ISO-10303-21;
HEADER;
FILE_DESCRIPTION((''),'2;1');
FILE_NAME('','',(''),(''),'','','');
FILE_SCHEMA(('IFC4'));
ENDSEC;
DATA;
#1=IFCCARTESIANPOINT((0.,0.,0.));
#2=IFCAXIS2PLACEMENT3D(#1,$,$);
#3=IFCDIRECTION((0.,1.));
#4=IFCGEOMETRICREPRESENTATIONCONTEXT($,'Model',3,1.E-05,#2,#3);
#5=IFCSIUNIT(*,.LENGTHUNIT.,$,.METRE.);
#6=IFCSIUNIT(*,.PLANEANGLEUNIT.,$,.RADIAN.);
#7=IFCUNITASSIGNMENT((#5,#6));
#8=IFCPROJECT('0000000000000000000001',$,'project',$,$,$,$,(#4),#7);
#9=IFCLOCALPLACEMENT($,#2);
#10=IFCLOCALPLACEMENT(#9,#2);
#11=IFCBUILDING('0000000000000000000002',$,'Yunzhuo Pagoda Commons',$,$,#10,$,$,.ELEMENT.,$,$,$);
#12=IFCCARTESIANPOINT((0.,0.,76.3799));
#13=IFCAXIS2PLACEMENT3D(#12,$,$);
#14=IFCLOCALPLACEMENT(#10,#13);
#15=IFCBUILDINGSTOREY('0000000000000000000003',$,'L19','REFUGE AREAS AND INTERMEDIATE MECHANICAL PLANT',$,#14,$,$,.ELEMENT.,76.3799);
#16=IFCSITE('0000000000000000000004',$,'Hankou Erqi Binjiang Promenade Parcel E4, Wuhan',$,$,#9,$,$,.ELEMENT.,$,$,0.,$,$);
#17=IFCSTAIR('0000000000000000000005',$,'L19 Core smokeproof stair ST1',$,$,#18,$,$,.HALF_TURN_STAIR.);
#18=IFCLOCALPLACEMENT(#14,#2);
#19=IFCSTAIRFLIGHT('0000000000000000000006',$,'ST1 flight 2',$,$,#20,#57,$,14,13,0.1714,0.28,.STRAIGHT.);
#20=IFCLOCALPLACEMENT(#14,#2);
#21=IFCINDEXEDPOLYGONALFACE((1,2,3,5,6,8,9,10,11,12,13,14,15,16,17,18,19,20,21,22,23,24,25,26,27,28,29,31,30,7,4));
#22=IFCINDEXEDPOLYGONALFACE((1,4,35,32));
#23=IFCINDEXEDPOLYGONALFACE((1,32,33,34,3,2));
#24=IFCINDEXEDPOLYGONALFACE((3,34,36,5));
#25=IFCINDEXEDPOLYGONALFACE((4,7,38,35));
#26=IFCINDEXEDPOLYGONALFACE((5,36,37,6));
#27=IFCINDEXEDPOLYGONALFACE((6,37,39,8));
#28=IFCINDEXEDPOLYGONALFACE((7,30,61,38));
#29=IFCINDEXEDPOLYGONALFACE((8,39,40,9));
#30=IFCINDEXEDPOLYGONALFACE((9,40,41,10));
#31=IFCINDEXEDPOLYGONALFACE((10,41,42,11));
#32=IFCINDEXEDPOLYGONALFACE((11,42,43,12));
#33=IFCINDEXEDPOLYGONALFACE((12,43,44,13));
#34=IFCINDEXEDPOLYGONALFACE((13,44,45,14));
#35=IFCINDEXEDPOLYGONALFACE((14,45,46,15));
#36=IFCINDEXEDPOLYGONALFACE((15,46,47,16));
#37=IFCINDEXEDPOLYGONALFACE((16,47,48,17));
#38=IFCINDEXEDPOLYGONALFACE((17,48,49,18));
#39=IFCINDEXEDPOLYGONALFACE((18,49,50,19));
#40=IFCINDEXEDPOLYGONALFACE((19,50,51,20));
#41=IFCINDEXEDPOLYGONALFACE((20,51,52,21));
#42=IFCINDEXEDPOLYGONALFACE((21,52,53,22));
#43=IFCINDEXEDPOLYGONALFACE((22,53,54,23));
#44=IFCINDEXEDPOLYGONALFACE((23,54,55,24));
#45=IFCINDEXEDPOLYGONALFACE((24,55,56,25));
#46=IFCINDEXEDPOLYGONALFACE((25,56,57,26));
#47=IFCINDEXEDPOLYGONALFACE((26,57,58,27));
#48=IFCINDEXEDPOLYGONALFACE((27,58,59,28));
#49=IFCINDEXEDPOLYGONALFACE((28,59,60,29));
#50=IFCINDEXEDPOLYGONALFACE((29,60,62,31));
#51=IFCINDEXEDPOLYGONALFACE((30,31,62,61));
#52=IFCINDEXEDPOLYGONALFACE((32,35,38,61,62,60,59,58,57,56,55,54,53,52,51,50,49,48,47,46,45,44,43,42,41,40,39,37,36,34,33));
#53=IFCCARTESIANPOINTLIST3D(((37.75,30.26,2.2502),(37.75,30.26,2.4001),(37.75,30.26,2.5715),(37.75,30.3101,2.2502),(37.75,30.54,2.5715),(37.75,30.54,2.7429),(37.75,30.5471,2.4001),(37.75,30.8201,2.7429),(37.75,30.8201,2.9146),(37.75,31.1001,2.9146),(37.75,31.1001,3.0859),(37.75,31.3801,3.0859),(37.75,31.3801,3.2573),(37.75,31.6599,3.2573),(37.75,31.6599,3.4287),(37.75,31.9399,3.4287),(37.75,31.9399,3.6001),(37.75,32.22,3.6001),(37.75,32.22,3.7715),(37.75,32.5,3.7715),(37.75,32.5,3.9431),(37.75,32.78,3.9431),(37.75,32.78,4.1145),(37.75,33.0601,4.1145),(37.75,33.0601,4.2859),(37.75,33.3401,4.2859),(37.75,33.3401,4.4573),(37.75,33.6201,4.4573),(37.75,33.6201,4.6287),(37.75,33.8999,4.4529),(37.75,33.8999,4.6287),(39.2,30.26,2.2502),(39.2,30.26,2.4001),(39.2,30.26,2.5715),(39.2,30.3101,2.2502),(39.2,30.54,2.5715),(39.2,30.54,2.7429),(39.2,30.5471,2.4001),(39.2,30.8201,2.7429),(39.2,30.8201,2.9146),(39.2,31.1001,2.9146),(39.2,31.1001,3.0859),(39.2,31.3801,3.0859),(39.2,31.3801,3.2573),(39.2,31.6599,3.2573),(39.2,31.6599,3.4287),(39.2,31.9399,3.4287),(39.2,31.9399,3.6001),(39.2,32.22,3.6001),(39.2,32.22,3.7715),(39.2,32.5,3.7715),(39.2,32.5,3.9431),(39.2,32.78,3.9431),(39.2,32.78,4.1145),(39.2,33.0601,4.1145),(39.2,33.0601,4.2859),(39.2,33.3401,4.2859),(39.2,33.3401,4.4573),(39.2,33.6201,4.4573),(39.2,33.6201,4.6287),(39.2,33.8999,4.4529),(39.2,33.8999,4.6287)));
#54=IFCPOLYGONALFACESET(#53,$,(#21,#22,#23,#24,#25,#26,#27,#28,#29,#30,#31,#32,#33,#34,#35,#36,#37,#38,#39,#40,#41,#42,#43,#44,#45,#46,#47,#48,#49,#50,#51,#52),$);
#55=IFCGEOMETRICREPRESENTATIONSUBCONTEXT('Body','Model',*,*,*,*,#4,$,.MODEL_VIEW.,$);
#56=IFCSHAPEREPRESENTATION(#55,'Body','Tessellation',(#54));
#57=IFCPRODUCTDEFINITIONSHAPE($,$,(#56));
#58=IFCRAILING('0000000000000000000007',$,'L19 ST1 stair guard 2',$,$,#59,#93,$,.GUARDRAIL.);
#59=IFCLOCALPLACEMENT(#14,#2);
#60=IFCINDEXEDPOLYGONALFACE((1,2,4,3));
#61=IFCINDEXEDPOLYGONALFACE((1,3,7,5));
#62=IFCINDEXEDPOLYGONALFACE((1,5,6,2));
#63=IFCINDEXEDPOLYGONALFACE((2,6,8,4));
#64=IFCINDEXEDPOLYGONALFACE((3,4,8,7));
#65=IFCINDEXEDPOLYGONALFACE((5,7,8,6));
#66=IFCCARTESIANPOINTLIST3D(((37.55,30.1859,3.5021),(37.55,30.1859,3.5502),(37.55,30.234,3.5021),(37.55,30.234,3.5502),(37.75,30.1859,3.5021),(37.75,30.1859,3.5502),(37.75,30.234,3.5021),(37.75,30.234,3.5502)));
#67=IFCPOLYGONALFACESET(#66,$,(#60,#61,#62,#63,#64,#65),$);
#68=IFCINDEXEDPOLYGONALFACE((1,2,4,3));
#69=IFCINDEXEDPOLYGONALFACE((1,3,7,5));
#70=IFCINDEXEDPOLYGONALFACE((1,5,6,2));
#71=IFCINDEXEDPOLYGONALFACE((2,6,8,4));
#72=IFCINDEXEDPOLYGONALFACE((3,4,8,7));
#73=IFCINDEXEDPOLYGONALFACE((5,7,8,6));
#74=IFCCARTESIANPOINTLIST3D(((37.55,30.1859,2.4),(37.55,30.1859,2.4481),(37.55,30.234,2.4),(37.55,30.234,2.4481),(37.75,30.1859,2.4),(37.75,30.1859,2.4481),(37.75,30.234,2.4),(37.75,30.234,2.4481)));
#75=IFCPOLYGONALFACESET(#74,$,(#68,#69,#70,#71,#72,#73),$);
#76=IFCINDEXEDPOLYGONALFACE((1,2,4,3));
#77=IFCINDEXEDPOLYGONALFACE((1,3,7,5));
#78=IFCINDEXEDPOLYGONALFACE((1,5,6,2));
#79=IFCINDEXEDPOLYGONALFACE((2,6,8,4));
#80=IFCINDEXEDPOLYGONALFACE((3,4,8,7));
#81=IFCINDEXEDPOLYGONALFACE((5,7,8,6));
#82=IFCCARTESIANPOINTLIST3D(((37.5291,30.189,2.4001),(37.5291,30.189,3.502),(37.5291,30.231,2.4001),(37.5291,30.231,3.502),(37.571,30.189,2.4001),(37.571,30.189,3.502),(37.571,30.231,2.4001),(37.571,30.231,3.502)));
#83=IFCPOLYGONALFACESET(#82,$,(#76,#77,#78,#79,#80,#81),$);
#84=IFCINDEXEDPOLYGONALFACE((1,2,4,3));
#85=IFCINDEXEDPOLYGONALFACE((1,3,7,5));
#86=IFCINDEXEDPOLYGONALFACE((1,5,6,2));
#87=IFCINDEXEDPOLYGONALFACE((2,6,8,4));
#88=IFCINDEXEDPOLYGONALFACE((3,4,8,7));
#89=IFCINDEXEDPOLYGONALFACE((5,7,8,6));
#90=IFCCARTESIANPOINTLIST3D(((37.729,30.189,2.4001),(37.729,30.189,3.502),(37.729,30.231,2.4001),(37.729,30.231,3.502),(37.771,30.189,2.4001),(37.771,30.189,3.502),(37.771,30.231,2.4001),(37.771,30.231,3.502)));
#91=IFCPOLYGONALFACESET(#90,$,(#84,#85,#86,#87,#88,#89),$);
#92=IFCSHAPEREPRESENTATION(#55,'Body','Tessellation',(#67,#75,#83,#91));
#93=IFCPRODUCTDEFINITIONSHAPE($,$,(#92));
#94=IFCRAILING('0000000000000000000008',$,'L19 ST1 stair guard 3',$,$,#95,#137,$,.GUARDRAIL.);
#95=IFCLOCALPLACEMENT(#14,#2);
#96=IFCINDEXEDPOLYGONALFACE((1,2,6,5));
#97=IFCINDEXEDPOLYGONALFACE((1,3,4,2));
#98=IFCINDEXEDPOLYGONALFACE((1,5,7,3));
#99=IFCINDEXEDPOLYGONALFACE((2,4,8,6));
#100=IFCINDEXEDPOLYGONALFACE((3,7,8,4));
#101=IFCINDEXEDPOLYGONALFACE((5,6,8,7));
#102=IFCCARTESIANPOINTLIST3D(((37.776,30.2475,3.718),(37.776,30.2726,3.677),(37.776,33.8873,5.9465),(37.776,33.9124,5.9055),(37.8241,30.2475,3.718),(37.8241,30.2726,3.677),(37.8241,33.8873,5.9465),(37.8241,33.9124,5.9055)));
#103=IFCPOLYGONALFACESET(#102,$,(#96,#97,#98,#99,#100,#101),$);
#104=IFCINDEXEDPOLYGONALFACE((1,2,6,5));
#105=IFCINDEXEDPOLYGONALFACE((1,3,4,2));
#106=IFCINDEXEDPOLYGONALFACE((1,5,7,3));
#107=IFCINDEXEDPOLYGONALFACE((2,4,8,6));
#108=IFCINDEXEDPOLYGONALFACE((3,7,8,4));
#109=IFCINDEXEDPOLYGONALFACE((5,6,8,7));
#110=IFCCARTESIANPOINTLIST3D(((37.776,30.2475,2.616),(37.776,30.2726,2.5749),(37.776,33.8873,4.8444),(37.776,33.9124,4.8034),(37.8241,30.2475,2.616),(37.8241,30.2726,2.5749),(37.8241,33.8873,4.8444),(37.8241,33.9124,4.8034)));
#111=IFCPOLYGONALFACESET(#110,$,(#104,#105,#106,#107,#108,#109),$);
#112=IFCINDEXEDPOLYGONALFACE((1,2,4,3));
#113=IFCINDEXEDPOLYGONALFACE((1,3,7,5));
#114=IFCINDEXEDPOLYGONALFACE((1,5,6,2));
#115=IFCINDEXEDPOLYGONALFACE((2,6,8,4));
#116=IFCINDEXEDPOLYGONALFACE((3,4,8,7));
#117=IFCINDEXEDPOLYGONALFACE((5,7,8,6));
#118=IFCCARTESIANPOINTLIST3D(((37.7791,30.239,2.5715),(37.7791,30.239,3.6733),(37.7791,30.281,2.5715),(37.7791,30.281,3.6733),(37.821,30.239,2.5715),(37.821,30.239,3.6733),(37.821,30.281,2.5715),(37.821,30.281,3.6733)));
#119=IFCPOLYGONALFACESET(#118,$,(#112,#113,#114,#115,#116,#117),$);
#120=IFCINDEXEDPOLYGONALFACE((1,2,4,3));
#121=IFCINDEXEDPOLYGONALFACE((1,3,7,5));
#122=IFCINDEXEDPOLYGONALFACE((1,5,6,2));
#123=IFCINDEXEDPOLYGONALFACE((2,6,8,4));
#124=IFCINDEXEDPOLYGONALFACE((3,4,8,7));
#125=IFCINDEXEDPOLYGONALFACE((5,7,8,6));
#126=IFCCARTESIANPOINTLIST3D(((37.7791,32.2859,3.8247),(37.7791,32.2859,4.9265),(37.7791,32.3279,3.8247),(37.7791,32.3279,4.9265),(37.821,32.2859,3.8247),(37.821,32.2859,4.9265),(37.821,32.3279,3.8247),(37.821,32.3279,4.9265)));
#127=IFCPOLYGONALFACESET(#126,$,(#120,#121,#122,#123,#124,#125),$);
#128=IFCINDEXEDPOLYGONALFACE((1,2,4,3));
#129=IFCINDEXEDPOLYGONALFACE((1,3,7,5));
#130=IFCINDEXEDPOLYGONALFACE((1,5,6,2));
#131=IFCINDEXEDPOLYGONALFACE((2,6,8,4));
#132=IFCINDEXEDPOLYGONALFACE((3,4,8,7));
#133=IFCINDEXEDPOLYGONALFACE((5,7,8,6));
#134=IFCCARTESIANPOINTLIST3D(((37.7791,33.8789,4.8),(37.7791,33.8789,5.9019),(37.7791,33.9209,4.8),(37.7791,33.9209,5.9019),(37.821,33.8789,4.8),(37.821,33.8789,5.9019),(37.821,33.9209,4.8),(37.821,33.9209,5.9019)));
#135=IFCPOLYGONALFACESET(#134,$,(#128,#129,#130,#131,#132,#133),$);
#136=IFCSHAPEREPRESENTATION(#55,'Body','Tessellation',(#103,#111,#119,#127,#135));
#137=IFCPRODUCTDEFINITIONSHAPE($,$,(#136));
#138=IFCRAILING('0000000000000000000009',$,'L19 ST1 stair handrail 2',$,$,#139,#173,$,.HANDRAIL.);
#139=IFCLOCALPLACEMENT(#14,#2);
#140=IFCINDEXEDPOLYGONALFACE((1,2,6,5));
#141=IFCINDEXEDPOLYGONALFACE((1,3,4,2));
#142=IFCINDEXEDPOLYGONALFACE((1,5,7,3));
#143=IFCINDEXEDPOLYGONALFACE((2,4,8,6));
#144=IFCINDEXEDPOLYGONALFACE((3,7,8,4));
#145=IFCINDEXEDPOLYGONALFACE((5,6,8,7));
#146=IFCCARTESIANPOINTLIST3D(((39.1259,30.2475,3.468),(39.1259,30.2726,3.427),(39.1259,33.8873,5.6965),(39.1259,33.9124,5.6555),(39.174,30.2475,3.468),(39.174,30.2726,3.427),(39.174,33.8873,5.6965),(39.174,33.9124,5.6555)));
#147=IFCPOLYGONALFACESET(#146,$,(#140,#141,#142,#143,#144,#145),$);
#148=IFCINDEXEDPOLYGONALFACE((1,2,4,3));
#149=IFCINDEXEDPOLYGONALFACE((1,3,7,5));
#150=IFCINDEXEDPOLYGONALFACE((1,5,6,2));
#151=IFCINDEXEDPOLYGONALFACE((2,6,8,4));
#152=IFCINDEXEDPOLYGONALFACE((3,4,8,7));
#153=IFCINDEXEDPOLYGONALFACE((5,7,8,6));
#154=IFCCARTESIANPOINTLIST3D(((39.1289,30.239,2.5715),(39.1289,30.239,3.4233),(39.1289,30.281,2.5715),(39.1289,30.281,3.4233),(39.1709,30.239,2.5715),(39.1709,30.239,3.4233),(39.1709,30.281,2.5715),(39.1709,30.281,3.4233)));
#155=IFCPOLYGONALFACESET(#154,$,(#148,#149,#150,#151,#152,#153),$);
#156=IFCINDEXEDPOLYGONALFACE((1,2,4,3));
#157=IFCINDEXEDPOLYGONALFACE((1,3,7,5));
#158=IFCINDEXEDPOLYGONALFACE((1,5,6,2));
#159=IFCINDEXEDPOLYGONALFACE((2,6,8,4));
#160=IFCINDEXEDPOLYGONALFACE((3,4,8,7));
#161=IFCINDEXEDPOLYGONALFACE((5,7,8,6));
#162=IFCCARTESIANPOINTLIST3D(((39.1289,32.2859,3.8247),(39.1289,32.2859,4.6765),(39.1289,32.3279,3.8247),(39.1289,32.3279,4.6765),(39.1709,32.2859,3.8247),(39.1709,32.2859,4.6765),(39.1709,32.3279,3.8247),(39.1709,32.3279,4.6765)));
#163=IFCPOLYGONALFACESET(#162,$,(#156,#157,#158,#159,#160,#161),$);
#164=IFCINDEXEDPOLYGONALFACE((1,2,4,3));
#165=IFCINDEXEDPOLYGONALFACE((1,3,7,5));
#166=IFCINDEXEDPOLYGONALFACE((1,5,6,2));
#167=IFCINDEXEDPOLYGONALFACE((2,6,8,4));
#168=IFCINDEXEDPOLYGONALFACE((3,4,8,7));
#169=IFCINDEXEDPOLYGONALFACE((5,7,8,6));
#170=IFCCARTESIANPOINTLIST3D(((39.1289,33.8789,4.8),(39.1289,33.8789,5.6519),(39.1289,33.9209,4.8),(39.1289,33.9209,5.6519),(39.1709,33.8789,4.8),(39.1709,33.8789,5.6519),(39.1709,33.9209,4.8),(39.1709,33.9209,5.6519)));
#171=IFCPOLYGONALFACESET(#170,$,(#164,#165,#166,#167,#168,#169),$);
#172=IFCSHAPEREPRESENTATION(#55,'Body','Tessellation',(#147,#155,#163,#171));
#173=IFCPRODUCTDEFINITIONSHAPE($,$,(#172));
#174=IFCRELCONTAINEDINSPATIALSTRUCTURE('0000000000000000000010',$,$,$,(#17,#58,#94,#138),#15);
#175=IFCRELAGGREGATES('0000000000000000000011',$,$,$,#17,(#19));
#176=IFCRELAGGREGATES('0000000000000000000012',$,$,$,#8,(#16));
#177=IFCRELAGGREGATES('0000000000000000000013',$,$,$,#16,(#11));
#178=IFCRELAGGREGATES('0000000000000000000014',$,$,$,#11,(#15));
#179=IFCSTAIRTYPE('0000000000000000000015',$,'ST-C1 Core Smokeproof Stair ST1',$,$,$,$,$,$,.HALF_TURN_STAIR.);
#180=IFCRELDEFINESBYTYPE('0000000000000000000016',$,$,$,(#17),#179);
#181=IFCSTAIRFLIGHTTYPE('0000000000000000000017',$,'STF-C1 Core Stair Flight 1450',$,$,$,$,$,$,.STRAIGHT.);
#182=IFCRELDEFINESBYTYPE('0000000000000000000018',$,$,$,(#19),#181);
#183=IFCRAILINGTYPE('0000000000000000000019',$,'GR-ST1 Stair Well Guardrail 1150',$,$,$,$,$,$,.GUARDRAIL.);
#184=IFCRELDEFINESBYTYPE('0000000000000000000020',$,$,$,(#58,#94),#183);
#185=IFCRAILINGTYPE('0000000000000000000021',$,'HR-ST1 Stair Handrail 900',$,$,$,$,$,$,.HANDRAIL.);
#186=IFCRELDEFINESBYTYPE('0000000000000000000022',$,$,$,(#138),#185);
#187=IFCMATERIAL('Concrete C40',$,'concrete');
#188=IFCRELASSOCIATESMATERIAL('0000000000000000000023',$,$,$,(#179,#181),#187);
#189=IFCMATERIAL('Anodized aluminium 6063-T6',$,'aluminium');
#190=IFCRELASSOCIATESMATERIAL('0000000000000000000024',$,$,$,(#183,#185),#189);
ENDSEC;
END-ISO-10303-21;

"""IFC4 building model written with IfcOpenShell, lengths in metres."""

from ifc_helpers import new_model, si_unit, direction, frame, origin, origin_2d, place, context, subcontext, project, spatial, polyline, rectangle, outline, extrude, source, transform, mapped, material, type_object, element, aggregate, save


model = new_model("IFC4")

# Units and contexts
model_context = context("Model", 3, precision=1e-05, world=origin(), true_north=direction((0.0, 1.0)))
body_context = subcontext(model_context, "Body", "Model", "MODEL_VIEW")
ifc_project = project(units=[si_unit("LENGTHUNIT", "METRE"), si_unit("PLANEANGLEUNIT", "RADIAN")], contexts=[model_context])

# Site, building, storey
site_placement = place(None, origin())
site = spatial("IfcSite", under=ifc_project, at=site_placement, Name="Hankou Erqi Binjiang Promenade Parcel E4, Wuhan", CompositionType="ELEMENT", RefElevation=0.0)
building_placement = place(site_placement, origin())
building = spatial("IfcBuilding", under=site, at=building_placement, Name="Yunzhuo Pagoda Commons", CompositionType="ELEMENT")
storey_placement = place(building_placement, frame((0.0, 0.0, 76.3799)))
storey = spatial("IfcBuildingStorey", under=building, at=storey_placement, Name="L19", Description="REFUGE AREAS AND INTERMEDIATE MECHANICAL PLANT", CompositionType="ELEMENT", Elevation=76.3799)

# Shared definitions
ifc_material_1 = material(Name="Concrete C40", Category="concrete")

# Stair, stair flight
stair_type = type_object("IfcStairType", Name="ST-C1 Core Smokeproof Stair ST1", PredefinedType="HALF_TURN_STAIR", material=ifc_material_1)
stair_placement = place(storey_placement, origin())
stair = element("IfcStair", 1, at=stair_placement, inside=storey, type_object=stair_type, Name="L19 Core smokeproof stair ST1", PredefinedType="HALF_TURN_STAIR")
stair_flight_type = type_object("IfcStairFlightType", Name="STF-C1 Core Stair Flight 1450", PredefinedType="STRAIGHT", material=ifc_material_1)
shared_shape_1 = source(origin(), body_context, "Body", "SweptSolid", [
    extrude(outline(polyline([(0.0, -0.1499), (0.0, 0.0), (0.0, 0.1714), (0.28, 0.1714), (0.28, 0.3428), (0.5601, 0.3428), (0.5601, 0.5144), (0.8401, 0.5144), (0.8401, 0.6858), (1.1201, 0.6858), (1.1201, 0.8572), (1.3999, 0.8572), (1.3999, 1.0286), (1.6799, 1.0286), (1.6799, 1.2), (1.96, 1.2), (1.96, 1.3713), (2.24, 1.3713), (2.24, 1.543), (2.52, 1.543), (2.52, 1.7144), (2.8, 1.7144), (2.8, 1.8857), (3.0801, 1.8857), (3.0801, 2.0571), (3.3601, 2.0571), (3.3601, 2.2285), (3.6399, 2.2285), (3.6399, 2.3999), (3.6399, 2.0527), (0.2871, 0.0), (0.05, -0.1499), (0.0, -0.1499)])), frame((0.0, 0.7251, 0.0), z_axis=(0.0, -1.0, 0.0), x_axis=(1.0, 0.0, 0.0)), (0.0, 0.0, 1.0), 1.45),
])
stair_flight_placement = place(storey_placement, frame((38.4751, 30.26, 2.4001), z_axis=(0.0, 0.0, 1.0), x_axis=(0.0, 1.0, 0.0)))
stair_flight = element("IfcStairFlight", 2, at=stair_flight_placement, type_object=stair_flight_type, Name="ST1 flight 2", NumberOfRisers=14, NumberOfTreads=13, PredefinedType="STRAIGHT", RiserHeight=0.1714, TreadLength=0.28, context=body_context, shape_type="MappedRepresentation", body=[
    mapped(shared_shape_1, transform((0.0, 0.0, 0.0), scale=1.0)),
])
aggregate(stair, [stair_flight])

# Railings
ifc_material_2 = material(Name="Anodized aluminium 6063-T6", Category="aluminium")
railing_type_1 = type_object("IfcRailingType", Name="GR-ST1 Stair Well Guardrail 1150", PredefinedType="GUARDRAIL", material=ifc_material_2)
railing_1_placement = place(storey_placement, frame((37.55, 30.21, 2.4001)))
element("IfcRailing", 3, at=railing_1_placement, inside=storey, type_object=railing_type_1, Name="L19 ST1 stair guard 2", PredefinedType="GUARDRAIL", context=body_context, shape_type="SweptSolid", body=[
    extrude(rectangle(XDim=0.0481, YDim=0.0481, at=origin_2d()), frame((0.0, 0.0, 1.126), z_axis=(1.0, 0.0, 0.0), x_axis=(0.0, 1.0, 0.0)), (0.0, 0.0, 1.0), 0.2),
    extrude(rectangle(XDim=0.0481, YDim=0.0481, at=origin_2d()), frame((0.0, 0.0, 0.0239), z_axis=(1.0, 0.0, 0.0), x_axis=(0.0, 1.0, 0.0)), (0.0, 0.0, 1.0), 0.2),
    extrude(rectangle(XDim=0.042, YDim=0.042, at=origin_2d()), origin(), (0.0, 0.0, 1.0), 1.1018),
    extrude(rectangle(XDim=0.042, YDim=0.042, at=origin_2d()), frame((0.2, 0.0, 0.0)), (0.0, 0.0, 1.0), 1.1018),
])
railing_2_placement = place(storey_placement, frame((37.8, 30.26, 2.5715)))
element("IfcRailing", 4, at=railing_2_placement, inside=storey, type_object=railing_type_1, Name="L19 ST1 stair guard 3", PredefinedType="GUARDRAIL", context=body_context, shape_type="SweptSolid", body=[
    extrude(rectangle(XDim=0.0481, YDim=0.0481, at=origin_2d()), frame((0.0, 0.0, 1.126), z_axis=(0.0, 0.85285, 0.522156), x_axis=(-1.0, 0.0, 0.0)), (0.0, 0.0, 1.0), 4.2678),
    extrude(rectangle(XDim=0.0481, YDim=0.0481, at=origin_2d()), frame((0.0, 0.0, 0.0239), z_axis=(0.0, 0.85285, 0.522156), x_axis=(-1.0, 0.0, 0.0)), (0.0, 0.0, 1.0), 4.2678),
    extrude(rectangle(XDim=0.042, YDim=0.042, at=origin_2d()), origin(), (0.0, 0.0, 1.0), 1.1018),
    extrude(rectangle(XDim=0.042, YDim=0.042, at=origin_2d()), frame((0.0, 2.0469, 1.2532)), (0.0, 0.0, 1.0), 1.1018),
    extrude(rectangle(XDim=0.042, YDim=0.042, at=origin_2d()), frame((0.0, 3.6399, 2.2285)), (0.0, 0.0, 1.0), 1.1018),
])
railing_type_2 = type_object("IfcRailingType", Name="HR-ST1 Stair Handrail 900", PredefinedType="HANDRAIL", material=ifc_material_2)
railing_3_placement = place(storey_placement, frame((39.1499, 30.26, 2.5715)))
element("IfcRailing", 5, at=railing_3_placement, inside=storey, type_object=railing_type_2, Name="L19 ST1 stair handrail 2", PredefinedType="HANDRAIL", context=body_context, shape_type="SweptSolid", body=[
    extrude(rectangle(XDim=0.0481, YDim=0.0481, at=origin_2d()), frame((0.0, 0.0, 0.876), z_axis=(0.0, 0.85285, 0.522156), x_axis=(-1.0, 0.0, 0.0)), (0.0, 0.0, 1.0), 4.2678),
    extrude(rectangle(XDim=0.042, YDim=0.042, at=origin_2d()), origin(), (0.0, 0.0, 1.0), 0.8518),
    extrude(rectangle(XDim=0.042, YDim=0.042, at=origin_2d()), frame((0.0, 2.0469, 1.2532)), (0.0, 0.0, 1.0), 0.8518),
    extrude(rectangle(XDim=0.042, YDim=0.042, at=origin_2d()), frame((0.0, 3.6399, 2.2285)), (0.0, 0.0, 1.0), 0.8518),
])

save(model, "model.ifc")
